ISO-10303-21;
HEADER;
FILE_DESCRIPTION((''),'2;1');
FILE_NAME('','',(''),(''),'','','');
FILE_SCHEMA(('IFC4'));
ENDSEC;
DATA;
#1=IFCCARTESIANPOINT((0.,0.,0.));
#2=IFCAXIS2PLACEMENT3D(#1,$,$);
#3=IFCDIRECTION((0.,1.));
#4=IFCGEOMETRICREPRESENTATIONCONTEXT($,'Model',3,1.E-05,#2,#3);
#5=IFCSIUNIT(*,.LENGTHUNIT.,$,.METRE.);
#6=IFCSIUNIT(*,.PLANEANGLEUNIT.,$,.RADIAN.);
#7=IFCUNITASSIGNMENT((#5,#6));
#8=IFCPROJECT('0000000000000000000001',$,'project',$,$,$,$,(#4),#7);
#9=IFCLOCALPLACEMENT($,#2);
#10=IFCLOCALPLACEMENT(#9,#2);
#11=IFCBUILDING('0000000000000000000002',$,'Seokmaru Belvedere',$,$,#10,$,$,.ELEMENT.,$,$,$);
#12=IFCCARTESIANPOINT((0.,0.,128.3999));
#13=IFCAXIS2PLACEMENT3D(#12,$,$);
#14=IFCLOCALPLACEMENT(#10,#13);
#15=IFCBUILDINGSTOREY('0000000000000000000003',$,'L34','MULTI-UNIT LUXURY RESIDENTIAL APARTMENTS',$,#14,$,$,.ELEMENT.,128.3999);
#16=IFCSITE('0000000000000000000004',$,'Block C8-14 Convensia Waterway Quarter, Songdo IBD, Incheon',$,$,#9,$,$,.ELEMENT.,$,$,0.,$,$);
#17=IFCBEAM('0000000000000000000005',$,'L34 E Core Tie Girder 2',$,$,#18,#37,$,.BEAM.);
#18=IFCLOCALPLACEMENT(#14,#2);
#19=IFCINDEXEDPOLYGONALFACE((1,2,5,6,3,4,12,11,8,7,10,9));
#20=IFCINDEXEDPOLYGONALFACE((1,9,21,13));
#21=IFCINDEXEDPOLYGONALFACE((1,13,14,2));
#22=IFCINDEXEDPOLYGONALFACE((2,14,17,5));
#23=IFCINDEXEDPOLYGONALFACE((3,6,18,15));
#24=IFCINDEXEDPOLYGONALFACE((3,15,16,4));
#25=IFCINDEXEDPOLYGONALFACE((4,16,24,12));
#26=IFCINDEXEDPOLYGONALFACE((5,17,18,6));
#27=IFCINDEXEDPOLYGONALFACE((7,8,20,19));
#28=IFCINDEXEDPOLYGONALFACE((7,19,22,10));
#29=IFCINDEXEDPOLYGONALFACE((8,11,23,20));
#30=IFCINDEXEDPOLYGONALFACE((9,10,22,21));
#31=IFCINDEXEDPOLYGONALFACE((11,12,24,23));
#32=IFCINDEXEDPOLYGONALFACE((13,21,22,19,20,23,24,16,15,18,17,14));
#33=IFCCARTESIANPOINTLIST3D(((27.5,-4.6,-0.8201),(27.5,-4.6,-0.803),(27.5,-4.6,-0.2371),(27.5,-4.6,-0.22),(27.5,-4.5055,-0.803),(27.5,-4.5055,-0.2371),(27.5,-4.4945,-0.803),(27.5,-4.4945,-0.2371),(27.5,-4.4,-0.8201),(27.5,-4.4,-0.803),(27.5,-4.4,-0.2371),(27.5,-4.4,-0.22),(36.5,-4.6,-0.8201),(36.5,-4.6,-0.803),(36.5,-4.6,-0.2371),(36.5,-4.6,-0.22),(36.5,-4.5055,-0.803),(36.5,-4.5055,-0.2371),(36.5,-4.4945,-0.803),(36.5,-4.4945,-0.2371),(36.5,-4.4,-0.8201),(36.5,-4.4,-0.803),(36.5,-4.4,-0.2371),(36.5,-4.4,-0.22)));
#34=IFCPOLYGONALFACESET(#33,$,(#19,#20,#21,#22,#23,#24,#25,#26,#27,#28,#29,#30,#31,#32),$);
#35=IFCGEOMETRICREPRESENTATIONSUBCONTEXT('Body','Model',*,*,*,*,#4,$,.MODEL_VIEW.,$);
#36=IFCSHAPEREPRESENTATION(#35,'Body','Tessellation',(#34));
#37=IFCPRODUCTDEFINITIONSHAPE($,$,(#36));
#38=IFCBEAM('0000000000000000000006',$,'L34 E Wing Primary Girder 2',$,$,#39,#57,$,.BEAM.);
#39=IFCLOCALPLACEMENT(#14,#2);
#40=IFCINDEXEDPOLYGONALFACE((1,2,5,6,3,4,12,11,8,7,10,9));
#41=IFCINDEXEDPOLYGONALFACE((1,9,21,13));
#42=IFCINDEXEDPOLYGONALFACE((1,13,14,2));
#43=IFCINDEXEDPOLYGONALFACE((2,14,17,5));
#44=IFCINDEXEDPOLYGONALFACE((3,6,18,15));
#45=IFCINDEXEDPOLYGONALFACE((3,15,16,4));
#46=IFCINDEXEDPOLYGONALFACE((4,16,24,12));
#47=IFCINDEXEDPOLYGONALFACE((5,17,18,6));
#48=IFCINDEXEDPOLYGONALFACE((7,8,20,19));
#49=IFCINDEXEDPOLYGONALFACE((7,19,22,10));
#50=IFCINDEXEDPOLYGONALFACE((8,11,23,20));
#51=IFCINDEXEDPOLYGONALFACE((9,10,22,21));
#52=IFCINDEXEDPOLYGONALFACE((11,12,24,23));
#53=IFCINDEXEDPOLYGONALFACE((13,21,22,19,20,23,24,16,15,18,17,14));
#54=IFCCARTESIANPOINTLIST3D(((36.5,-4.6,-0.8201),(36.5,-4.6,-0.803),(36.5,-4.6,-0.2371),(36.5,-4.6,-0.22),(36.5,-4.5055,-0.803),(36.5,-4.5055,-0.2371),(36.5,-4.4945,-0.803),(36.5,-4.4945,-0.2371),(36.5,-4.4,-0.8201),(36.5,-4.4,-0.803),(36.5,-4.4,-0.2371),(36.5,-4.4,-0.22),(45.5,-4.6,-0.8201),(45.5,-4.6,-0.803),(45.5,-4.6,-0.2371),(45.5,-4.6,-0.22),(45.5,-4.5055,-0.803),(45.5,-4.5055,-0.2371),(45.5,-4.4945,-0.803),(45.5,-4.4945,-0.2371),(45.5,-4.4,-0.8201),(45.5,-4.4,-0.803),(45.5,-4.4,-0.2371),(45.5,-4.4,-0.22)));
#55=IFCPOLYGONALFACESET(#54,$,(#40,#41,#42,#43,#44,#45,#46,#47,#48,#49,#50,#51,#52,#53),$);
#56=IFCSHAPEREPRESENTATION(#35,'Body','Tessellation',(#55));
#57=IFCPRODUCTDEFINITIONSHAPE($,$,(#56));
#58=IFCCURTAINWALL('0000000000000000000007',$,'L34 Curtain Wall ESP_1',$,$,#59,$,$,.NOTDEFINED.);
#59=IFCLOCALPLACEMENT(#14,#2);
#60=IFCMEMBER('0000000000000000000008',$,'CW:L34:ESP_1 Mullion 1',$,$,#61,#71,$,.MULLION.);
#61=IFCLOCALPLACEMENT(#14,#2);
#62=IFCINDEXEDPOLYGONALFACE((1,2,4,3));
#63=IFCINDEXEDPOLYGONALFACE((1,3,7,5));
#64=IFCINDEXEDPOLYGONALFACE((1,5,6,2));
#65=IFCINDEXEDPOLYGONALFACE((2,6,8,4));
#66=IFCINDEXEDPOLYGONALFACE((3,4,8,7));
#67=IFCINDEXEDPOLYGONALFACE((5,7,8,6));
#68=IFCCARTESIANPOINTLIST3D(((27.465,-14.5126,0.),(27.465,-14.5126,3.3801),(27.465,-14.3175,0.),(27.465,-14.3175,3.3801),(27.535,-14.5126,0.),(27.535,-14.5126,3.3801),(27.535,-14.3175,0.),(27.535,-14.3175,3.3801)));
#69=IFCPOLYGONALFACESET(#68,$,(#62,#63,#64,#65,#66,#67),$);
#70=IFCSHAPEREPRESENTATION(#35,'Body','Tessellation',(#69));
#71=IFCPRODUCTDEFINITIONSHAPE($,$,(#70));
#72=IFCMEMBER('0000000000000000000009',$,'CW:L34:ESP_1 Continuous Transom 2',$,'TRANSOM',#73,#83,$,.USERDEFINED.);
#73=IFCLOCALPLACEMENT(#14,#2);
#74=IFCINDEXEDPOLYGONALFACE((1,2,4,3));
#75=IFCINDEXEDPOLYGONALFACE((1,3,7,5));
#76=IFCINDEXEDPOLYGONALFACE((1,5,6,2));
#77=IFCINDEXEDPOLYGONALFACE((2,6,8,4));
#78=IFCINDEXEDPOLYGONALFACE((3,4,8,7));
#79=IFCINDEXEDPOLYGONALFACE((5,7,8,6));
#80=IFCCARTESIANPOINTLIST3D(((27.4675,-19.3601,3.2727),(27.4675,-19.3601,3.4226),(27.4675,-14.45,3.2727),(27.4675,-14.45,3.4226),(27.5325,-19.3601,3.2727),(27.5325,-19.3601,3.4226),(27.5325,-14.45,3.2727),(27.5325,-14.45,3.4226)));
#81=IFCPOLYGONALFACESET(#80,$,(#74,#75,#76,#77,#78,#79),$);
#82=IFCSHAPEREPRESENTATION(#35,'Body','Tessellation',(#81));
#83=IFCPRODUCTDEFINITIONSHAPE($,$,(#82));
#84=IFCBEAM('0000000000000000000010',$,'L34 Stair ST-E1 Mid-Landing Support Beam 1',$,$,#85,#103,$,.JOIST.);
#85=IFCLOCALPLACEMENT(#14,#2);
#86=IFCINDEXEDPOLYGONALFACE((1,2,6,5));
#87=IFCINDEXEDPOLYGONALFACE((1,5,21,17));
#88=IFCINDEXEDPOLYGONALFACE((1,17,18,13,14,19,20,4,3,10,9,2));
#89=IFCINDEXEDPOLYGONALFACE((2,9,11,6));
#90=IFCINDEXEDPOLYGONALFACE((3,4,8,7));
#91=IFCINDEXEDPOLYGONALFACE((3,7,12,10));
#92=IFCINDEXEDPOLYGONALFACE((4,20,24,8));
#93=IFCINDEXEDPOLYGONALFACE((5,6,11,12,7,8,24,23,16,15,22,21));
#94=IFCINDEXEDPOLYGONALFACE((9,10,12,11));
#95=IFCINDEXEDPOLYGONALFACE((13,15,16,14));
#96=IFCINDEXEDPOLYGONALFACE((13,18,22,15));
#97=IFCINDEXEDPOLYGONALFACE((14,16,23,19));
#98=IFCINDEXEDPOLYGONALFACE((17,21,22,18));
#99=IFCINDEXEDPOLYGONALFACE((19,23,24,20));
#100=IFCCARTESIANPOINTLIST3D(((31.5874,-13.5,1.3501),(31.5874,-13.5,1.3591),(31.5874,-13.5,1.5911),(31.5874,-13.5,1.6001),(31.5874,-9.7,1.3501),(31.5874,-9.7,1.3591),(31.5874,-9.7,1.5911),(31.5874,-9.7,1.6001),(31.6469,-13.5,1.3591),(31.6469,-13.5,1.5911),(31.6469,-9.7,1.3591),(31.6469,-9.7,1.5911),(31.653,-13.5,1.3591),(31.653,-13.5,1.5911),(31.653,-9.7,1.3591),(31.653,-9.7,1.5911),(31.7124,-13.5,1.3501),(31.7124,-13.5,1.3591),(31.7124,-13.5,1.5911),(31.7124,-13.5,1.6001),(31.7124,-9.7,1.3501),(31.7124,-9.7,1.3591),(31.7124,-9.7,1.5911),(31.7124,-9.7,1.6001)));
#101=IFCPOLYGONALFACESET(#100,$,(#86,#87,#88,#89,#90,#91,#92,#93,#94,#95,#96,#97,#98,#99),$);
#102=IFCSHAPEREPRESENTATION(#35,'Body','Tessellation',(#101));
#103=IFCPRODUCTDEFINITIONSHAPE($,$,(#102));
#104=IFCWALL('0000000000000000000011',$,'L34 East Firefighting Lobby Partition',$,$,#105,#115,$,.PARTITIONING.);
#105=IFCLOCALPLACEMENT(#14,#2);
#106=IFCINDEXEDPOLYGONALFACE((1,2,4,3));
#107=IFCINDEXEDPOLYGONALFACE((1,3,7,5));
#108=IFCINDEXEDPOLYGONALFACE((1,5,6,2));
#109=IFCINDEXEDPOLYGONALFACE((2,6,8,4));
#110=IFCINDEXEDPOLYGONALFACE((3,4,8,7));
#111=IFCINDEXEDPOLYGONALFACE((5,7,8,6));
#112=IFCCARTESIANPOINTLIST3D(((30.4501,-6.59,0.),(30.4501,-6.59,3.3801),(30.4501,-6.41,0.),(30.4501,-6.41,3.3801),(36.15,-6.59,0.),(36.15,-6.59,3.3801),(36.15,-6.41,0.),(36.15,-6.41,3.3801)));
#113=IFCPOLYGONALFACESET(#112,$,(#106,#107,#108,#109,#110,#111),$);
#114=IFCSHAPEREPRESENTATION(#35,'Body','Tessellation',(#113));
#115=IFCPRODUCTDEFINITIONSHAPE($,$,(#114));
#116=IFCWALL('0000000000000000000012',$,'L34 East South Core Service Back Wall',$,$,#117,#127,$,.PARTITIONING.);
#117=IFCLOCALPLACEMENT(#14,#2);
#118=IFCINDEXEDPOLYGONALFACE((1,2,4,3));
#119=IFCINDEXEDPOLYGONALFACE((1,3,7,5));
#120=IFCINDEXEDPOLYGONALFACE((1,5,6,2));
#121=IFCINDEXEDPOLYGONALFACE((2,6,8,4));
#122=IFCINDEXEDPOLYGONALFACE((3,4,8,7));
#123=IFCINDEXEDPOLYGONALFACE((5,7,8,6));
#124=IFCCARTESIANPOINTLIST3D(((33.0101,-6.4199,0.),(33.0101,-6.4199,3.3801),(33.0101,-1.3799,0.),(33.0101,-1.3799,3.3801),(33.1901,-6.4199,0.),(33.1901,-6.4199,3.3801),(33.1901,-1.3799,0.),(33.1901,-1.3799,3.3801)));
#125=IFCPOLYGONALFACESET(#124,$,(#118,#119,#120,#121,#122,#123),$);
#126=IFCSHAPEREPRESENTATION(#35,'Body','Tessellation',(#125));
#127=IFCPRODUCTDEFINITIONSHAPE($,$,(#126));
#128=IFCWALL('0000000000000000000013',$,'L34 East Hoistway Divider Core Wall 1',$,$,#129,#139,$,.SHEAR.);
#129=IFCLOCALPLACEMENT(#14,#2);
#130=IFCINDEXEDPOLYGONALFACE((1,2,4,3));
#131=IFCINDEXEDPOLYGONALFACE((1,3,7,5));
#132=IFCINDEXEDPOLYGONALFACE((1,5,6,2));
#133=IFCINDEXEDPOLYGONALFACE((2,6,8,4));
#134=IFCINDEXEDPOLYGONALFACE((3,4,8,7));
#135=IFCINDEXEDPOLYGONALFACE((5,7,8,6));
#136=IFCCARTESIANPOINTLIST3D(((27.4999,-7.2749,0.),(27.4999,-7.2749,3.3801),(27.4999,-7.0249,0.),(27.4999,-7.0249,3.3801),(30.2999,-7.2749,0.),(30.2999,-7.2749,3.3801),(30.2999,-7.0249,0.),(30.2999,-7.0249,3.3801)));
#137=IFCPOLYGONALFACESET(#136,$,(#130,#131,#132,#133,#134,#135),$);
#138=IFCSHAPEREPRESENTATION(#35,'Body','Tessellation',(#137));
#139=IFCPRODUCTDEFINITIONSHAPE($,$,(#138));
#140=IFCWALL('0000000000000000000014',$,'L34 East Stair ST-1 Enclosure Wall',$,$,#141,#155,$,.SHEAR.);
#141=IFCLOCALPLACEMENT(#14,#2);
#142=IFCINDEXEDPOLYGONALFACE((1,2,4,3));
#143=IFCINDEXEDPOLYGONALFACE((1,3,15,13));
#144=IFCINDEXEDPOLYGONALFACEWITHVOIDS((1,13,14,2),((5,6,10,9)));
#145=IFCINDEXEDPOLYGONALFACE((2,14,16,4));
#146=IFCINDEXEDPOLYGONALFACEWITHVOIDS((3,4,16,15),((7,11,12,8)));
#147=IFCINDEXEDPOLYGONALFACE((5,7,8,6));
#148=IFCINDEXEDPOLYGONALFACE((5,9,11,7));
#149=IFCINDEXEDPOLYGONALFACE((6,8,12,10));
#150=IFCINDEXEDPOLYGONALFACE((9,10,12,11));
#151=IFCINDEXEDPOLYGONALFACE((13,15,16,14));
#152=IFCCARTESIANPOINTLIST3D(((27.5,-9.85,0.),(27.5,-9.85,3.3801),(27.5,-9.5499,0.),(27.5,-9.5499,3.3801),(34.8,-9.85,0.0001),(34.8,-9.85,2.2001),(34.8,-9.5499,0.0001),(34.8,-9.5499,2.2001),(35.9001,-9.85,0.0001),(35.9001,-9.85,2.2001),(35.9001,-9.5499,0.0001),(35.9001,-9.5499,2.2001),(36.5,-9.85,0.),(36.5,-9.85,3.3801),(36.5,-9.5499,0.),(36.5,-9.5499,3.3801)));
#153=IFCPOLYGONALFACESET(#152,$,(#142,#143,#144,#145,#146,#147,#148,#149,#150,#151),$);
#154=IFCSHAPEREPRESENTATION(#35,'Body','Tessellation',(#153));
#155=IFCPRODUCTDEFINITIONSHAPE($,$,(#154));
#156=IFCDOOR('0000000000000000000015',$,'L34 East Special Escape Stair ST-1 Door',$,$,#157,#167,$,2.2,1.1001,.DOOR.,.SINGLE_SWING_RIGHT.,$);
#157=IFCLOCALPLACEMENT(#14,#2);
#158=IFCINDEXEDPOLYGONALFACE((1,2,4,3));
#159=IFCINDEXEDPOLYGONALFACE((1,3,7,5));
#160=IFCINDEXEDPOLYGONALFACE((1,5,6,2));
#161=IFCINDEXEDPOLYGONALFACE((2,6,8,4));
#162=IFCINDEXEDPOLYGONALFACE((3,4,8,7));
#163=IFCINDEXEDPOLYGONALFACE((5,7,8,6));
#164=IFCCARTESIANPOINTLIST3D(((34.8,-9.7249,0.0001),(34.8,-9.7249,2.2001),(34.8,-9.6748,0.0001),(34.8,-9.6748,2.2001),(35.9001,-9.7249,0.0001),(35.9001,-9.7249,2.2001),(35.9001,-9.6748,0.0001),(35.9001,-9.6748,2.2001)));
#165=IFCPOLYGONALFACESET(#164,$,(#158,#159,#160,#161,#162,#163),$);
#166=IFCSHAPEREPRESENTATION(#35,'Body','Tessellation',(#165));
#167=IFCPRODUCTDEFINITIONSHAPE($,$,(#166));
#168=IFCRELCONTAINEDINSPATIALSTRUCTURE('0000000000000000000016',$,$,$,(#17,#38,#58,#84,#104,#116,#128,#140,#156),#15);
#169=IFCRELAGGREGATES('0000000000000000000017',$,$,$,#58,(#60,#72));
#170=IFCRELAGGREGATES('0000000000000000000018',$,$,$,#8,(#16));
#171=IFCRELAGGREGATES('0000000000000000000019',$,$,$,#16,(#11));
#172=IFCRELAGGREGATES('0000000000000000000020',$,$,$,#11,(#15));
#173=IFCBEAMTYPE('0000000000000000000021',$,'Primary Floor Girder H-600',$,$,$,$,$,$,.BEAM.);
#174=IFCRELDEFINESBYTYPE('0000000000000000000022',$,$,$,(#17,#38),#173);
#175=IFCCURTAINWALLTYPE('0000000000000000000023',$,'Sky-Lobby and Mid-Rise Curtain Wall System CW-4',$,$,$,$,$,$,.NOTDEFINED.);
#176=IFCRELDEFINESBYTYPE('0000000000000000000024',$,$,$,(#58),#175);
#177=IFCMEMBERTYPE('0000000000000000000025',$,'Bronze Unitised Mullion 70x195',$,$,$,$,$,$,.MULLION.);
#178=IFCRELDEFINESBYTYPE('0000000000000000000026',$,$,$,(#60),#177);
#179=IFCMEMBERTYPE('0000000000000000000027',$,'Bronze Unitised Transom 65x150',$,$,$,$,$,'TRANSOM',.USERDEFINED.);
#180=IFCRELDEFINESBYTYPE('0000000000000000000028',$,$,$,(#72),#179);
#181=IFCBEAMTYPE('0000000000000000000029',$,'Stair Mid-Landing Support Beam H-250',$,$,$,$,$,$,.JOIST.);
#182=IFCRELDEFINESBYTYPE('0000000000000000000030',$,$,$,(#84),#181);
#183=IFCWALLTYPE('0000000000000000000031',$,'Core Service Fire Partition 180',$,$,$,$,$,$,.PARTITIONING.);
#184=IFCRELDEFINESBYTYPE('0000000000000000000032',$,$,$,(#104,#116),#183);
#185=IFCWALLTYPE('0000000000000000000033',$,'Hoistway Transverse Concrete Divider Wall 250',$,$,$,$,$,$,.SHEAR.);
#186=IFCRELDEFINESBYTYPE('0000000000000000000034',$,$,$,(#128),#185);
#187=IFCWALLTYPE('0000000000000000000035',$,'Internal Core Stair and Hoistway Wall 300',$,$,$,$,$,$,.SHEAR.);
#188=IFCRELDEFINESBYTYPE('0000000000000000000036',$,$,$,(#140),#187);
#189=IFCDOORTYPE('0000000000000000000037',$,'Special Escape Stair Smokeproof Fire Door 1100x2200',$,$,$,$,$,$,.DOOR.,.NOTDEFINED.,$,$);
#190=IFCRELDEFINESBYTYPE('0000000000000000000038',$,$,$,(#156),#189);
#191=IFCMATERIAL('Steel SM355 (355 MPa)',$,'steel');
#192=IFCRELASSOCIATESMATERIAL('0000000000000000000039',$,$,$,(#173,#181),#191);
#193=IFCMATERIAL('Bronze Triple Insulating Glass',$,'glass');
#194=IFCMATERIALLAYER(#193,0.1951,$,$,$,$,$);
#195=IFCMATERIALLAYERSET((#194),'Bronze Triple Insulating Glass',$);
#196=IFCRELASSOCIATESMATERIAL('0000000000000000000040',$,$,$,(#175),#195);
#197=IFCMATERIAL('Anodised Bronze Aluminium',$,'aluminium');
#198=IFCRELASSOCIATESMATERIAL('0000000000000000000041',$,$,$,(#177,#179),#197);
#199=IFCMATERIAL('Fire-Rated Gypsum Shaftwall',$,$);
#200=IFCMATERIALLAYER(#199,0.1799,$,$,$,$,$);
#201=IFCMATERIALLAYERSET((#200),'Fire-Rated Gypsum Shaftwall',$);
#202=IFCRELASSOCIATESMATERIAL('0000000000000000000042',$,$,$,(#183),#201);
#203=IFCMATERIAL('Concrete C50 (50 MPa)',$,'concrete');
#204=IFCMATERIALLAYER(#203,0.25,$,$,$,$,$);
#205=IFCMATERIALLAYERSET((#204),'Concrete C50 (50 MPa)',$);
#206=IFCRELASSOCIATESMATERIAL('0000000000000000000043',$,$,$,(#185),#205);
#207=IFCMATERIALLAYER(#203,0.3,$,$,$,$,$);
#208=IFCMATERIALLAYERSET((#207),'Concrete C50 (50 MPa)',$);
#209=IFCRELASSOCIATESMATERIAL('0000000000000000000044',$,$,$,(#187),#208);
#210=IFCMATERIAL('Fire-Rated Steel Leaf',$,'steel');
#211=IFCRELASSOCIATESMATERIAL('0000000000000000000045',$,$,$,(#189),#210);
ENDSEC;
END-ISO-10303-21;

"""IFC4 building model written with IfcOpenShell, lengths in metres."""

from ifc_helpers import new_model, si_unit, direction, frame, frame_2d, origin, origin_2d, place, context, subcontext, project, spatial, rectangle, i_section, extrude, source, transform, mapped, material, layer, layer_set, material_profile, profile_set, type_object, type_shapes, element, fill, aggregate, save


model = new_model("IFC4")

# Units and contexts
model_context = context("Model", 3, precision=1e-05, world=origin(), true_north=direction((0.0, 1.0)))
body_context = subcontext(model_context, "Body", "Model", "MODEL_VIEW")
ifc_project = project(units=[si_unit("LENGTHUNIT", "METRE"), si_unit("PLANEANGLEUNIT", "RADIAN")], contexts=[model_context])

# Site, building, storey
site_placement = place(None, origin())
site = spatial("IfcSite", under=ifc_project, at=site_placement, Name="Block C8-14 Convensia Waterway Quarter, Songdo IBD, Incheon", CompositionType="ELEMENT", RefElevation=0.0)
building_placement = place(site_placement, origin())
building = spatial("IfcBuilding", under=site, at=building_placement, Name="Seokmaru Belvedere", CompositionType="ELEMENT")
storey_placement = place(building_placement, frame((0.0, 0.0, 128.3999)))
storey = spatial("IfcBuildingStorey", under=building, at=storey_placement, Name="L34", Description="MULTI-UNIT LUXURY RESIDENTIAL APARTMENTS", CompositionType="ELEMENT", Elevation=128.3999)

# Shared definitions
ifc_material_1 = material(Name="Steel SM355 (355 MPa)", Category="steel")

# Beams
ifc_material_profile_1 = material_profile(ifc_material_1, i_section(OverallWidth=0.2, OverallDepth=0.6001, WebThickness=0.011, FlangeThickness=0.0171, at=origin_2d()), Name="H-600x200x11x17")
ifc_profile_set_1 = profile_set([ifc_material_profile_1], Name="Steel SM355 (355 MPa)")
beam_type_1 = type_object("IfcBeamType", Name="Primary Floor Girder H-600", PredefinedType="BEAM", material=ifc_profile_set_1)
shared_shape_1 = source(origin(), body_context, "Body", "SweptSolid", [
    extrude(i_section(OverallWidth=0.2, OverallDepth=0.6001, WebThickness=0.011, FlangeThickness=0.0171, at=origin_2d()), origin(), (0.0, 0.0, 1.0), 9.0),
])
type_shapes(beam_type_1, [shared_shape_1])
for number, where, z_axis, x_axis, name in (
    (1, (27.5, -4.5, -0.52), (1.0, 0.0, 0.0), (0.0, 1.0, 0.0), "L34 E Core Tie Girder 2"),
    (2, (36.5, -4.5, -0.52), (1.0, 0.0, 0.0), (0.0, 1.0, 0.0), "L34 E Wing Primary Girder 2"),
):
    element("IfcBeam", number, at=place(storey_placement, frame(where, z_axis=z_axis, x_axis=x_axis)), inside=storey, type_object=beam_type_1, Name=name, PredefinedType="BEAM", context=body_context, shape_type="MappedRepresentation", body=[
        mapped(shared_shape_1, transform((0.0, 0.0, 0.0), scale=1.0)),
    ])

# Curtain wall, members
ifc_material_2 = material(Name="Bronze Triple Insulating Glass", Category="glass")
ifc_layer_1 = layer(ifc_material_2, 0.1951)
ifc_layer_set_1 = layer_set([ifc_layer_1], Name="Bronze Triple Insulating Glass")
curtain_wall_type = type_object("IfcCurtainWallType", Name="Sky-Lobby and Mid-Rise Curtain Wall System CW-4", PredefinedType="NOTDEFINED", material=ifc_layer_set_1)
curtain_wall_placement = place(storey_placement, origin())
curtain_wall = element("IfcCurtainWall", 3, at=curtain_wall_placement, inside=storey, type_object=curtain_wall_type, Name="L34 Curtain Wall ESP_1", PredefinedType="NOTDEFINED")
ifc_material_3 = material(Name="Anodised Bronze Aluminium", Category="aluminium")
ifc_material_profile_2 = material_profile(ifc_material_3, rectangle(XDim=0.0701, YDim=0.1951, at=origin_2d()), Name="CW-M-70x195")
ifc_profile_set_2 = profile_set([ifc_material_profile_2], Name="Anodised Bronze Aluminium")
member_type_1 = type_object("IfcMemberType", Name="Bronze Unitised Mullion 70x195", PredefinedType="MULLION", material=ifc_profile_set_2)
shared_shape_2 = source(origin(), body_context, "Body", "SweptSolid", [
    extrude(rectangle(XDim=0.0701, YDim=0.1951, at=origin_2d()), origin(), (0.0, 0.0, 1.0), 3.3801),
])
type_shapes(member_type_1, [shared_shape_2])
member_1_placement = place(storey_placement, frame((27.5, -14.415, 0.0), z_axis=(0.0, 0.0, 1.0), x_axis=(1.0, 0.0, 0.0)))
member_1 = element("IfcMember", 4, at=member_1_placement, type_object=member_type_1, Name="CW:L34:ESP_1 Mullion 1", PredefinedType="MULLION", context=body_context, shape_type="MappedRepresentation", body=[
    mapped(shared_shape_2, transform((0.0, 0.0, 0.0), scale=1.0)),
])
ifc_material_profile_3 = material_profile(ifc_material_3, rectangle(XDim=0.0649, YDim=0.1499, at=origin_2d()), Name="CW-T-65x150")
ifc_profile_set_3 = profile_set([ifc_material_profile_3], Name="Anodised Bronze Aluminium")
member_type_2 = type_object("IfcMemberType", Name="Bronze Unitised Transom 65x150", ElementType="TRANSOM", PredefinedType="USERDEFINED", material=ifc_profile_set_3)
shared_shape_3 = source(origin(), body_context, "Body", "SweptSolid", [
    extrude(rectangle(XDim=0.0649, YDim=0.1499, at=origin_2d()), origin(), (0.0, 0.0, 1.0), 4.9102),
])
type_shapes(member_type_2, [shared_shape_3])
member_2_placement = place(storey_placement, frame((27.5, -14.45, 3.3477), z_axis=(0.0, -1.0, 0.0), x_axis=(1.0, 0.0, 0.0)))
member_2 = element("IfcMember", 5, at=member_2_placement, type_object=member_type_2, Name="CW:L34:ESP_1 Continuous Transom 2", ObjectType="TRANSOM", PredefinedType="USERDEFINED", context=body_context, shape_type="MappedRepresentation", body=[
    mapped(shared_shape_3, transform((0.0, 0.0, 0.0), scale=1.0)),
])
aggregate(curtain_wall, [member_1, member_2])

# Beam
ifc_material_profile_4 = material_profile(ifc_material_1, i_section(OverallWidth=0.125, OverallDepth=0.25, WebThickness=0.0061, FlangeThickness=0.009, at=origin_2d()), Name="H-250x125x6x9")
ifc_profile_set_4 = profile_set([ifc_material_profile_4], Name="Steel SM355 (355 MPa)")
beam_type_2 = type_object("IfcBeamType", Name="Stair Mid-Landing Support Beam H-250", PredefinedType="JOIST", material=ifc_profile_set_4)
shared_shape_4 = source(origin(), body_context, "Body", "SweptSolid", [
    extrude(i_section(OverallWidth=0.125, OverallDepth=0.25, WebThickness=0.0061, FlangeThickness=0.009, at=origin_2d()), origin(), (0.0, 0.0, 1.0), 3.8),
])
type_shapes(beam_type_2, [shared_shape_4])
beam_1_placement = place(storey_placement, frame((31.6499, -13.5, 1.4751), z_axis=(0.0, 1.0, 0.0), x_axis=(-1.0, 0.0, 0.0)))
element("IfcBeam", 6, at=beam_1_placement, inside=storey, type_object=beam_type_2, Name="L34 Stair ST-E1 Mid-Landing Support Beam 1", PredefinedType="JOIST", context=body_context, shape_type="MappedRepresentation", body=[
    mapped(shared_shape_4, transform((0.0, 0.0, 0.0), scale=1.0)),
])

# Walls
ifc_material_4 = material(Name="Fire-Rated Gypsum Shaftwall")
ifc_layer_2 = layer(ifc_material_4, 0.1799)
ifc_layer_set_2 = layer_set([ifc_layer_2], Name="Fire-Rated Gypsum Shaftwall")
wall_type_1 = type_object("IfcWallType", Name="Core Service Fire Partition 180", PredefinedType="PARTITIONING", material=ifc_layer_set_2)
wall_1_placement = place(storey_placement, frame((30.45, -6.5, 0.0), z_axis=(0.0, 0.0, 1.0), x_axis=(1.0, 0.0, 0.0)))
element("IfcWall", 7, at=wall_1_placement, inside=storey, type_object=wall_type_1, Name="L34 East Firefighting Lobby Partition", PredefinedType="PARTITIONING", context=body_context, shape_type="SweptSolid", body=[
    extrude(rectangle(XDim=5.7, YDim=0.1799, at=frame_2d((2.8501, 0.0))), origin(), (0.0, 0.0, 1.0), 3.3801),
])
wall_2_placement = place(storey_placement, frame((33.1001, -6.4199, 0.0), z_axis=(0.0, 0.0, 1.0), x_axis=(0.0, 1.0, 0.0)))
element("IfcWall", 8, at=wall_2_placement, inside=storey, type_object=wall_type_1, Name="L34 East South Core Service Back Wall", PredefinedType="PARTITIONING", context=body_context, shape_type="SweptSolid", body=[
    extrude(rectangle(XDim=5.04, YDim=0.1799, at=frame_2d((2.52, 0.0))), origin(), (0.0, 0.0, 1.0), 3.3801),
])
ifc_material_5 = material(Name="Concrete C50 (50 MPa)", Category="concrete")
ifc_layer_3 = layer(ifc_material_5, 0.25)
ifc_layer_set_3 = layer_set([ifc_layer_3], Name="Concrete C50 (50 MPa)")
wall_type_2 = type_object("IfcWallType", Name="Hoistway Transverse Concrete Divider Wall 250", PredefinedType="SHEAR", material=ifc_layer_set_3)
wall_3_placement = place(storey_placement, frame((27.5, -7.1499, 0.0), z_axis=(0.0, 0.0, 1.0), x_axis=(1.0, 0.0, 0.0)))
element("IfcWall", 9, at=wall_3_placement, inside=storey, type_object=wall_type_2, Name="L34 East Hoistway Divider Core Wall 1", PredefinedType="SHEAR", context=body_context, shape_type="SweptSolid", body=[
    extrude(rectangle(XDim=2.8, YDim=0.25, at=frame_2d((1.3999, 0.0))), origin(), (0.0, 0.0, 1.0), 3.3801),
])

# Wall, opening, door
ifc_layer_4 = layer(ifc_material_5, 0.3)
ifc_layer_set_4 = layer_set([ifc_layer_4], Name="Concrete C50 (50 MPa)")
wall_type_3 = type_object("IfcWallType", Name="Internal Core Stair and Hoistway Wall 300", PredefinedType="SHEAR", material=ifc_layer_set_4)
wall_4_placement = place(storey_placement, frame((27.5, -9.7, 0.0), z_axis=(0.0, 0.0, 1.0), x_axis=(1.0, 0.0, 0.0)))
wall_4 = element("IfcWall", 10, at=wall_4_placement, inside=storey, type_object=wall_type_3, Name="L34 East Stair ST-1 Enclosure Wall", PredefinedType="SHEAR", context=body_context, shape_type="SweptSolid", body=[
    extrude(rectangle(XDim=9.0, YDim=0.3, at=frame_2d((4.5, 0.0))), origin(), (0.0, 0.0, 1.0), 3.3801),
])
opening_1_placement = place(wall_4_placement, frame((7.3, 0.0, 0.0)))
opening_1 = element("IfcOpeningElement", 11, at=opening_1_placement, cuts=wall_4, PredefinedType="OPENING", context=body_context, shape_type="SweptSolid", body=[
    extrude(rectangle(XDim=1.1001, YDim=2.2, at=frame_2d((0.55, 1.1001))), frame((0.0, 0.1602, 0.0), z_axis=(0.0, -1.0, 0.0), x_axis=(1.0, 0.0, 0.0)), (0.0, 0.0, 1.0), 0.3201),
])
ifc_material_6 = material(Name="Fire-Rated Steel Leaf", Category="steel")
door_type_1 = type_object("IfcDoorType", Name="Special Escape Stair Smokeproof Fire Door 1100x2200", OperationType="NOTDEFINED", PredefinedType="DOOR", material=ifc_material_6)
shared_shape_5 = source(origin(), body_context, "Body", "SweptSolid", [
    extrude(rectangle(XDim=1.1001, YDim=2.2, at=frame_2d((0.55, 1.1001))), frame((0.0, 0.0249, 0.0), z_axis=(0.0, -1.0, 0.0), x_axis=(1.0, 0.0, 0.0)), (0.0, 0.0, 1.0), 0.05),
])
type_shapes(door_type_1, [shared_shape_5])
door_1_placement = place(opening_1_placement, frame((1.1001, 0.0, 0.0), z_axis=(0.0, 0.0, 1.0), x_axis=(-1.0, 0.0, 0.0)))
door_1 = element("IfcDoor", 12, at=door_1_placement, inside=storey, type_object=door_type_1, Name="L34 East Special Escape Stair ST-1 Door", OperationType="SINGLE_SWING_RIGHT", OverallHeight=2.2, OverallWidth=1.1001, PredefinedType="DOOR", context=body_context, shape_type="MappedRepresentation", body=[
    mapped(shared_shape_5, transform((0.0, 0.0, 0.0), scale=1.0)),
])
fill(opening_1, door_1)

save(model, "model.ifc")
